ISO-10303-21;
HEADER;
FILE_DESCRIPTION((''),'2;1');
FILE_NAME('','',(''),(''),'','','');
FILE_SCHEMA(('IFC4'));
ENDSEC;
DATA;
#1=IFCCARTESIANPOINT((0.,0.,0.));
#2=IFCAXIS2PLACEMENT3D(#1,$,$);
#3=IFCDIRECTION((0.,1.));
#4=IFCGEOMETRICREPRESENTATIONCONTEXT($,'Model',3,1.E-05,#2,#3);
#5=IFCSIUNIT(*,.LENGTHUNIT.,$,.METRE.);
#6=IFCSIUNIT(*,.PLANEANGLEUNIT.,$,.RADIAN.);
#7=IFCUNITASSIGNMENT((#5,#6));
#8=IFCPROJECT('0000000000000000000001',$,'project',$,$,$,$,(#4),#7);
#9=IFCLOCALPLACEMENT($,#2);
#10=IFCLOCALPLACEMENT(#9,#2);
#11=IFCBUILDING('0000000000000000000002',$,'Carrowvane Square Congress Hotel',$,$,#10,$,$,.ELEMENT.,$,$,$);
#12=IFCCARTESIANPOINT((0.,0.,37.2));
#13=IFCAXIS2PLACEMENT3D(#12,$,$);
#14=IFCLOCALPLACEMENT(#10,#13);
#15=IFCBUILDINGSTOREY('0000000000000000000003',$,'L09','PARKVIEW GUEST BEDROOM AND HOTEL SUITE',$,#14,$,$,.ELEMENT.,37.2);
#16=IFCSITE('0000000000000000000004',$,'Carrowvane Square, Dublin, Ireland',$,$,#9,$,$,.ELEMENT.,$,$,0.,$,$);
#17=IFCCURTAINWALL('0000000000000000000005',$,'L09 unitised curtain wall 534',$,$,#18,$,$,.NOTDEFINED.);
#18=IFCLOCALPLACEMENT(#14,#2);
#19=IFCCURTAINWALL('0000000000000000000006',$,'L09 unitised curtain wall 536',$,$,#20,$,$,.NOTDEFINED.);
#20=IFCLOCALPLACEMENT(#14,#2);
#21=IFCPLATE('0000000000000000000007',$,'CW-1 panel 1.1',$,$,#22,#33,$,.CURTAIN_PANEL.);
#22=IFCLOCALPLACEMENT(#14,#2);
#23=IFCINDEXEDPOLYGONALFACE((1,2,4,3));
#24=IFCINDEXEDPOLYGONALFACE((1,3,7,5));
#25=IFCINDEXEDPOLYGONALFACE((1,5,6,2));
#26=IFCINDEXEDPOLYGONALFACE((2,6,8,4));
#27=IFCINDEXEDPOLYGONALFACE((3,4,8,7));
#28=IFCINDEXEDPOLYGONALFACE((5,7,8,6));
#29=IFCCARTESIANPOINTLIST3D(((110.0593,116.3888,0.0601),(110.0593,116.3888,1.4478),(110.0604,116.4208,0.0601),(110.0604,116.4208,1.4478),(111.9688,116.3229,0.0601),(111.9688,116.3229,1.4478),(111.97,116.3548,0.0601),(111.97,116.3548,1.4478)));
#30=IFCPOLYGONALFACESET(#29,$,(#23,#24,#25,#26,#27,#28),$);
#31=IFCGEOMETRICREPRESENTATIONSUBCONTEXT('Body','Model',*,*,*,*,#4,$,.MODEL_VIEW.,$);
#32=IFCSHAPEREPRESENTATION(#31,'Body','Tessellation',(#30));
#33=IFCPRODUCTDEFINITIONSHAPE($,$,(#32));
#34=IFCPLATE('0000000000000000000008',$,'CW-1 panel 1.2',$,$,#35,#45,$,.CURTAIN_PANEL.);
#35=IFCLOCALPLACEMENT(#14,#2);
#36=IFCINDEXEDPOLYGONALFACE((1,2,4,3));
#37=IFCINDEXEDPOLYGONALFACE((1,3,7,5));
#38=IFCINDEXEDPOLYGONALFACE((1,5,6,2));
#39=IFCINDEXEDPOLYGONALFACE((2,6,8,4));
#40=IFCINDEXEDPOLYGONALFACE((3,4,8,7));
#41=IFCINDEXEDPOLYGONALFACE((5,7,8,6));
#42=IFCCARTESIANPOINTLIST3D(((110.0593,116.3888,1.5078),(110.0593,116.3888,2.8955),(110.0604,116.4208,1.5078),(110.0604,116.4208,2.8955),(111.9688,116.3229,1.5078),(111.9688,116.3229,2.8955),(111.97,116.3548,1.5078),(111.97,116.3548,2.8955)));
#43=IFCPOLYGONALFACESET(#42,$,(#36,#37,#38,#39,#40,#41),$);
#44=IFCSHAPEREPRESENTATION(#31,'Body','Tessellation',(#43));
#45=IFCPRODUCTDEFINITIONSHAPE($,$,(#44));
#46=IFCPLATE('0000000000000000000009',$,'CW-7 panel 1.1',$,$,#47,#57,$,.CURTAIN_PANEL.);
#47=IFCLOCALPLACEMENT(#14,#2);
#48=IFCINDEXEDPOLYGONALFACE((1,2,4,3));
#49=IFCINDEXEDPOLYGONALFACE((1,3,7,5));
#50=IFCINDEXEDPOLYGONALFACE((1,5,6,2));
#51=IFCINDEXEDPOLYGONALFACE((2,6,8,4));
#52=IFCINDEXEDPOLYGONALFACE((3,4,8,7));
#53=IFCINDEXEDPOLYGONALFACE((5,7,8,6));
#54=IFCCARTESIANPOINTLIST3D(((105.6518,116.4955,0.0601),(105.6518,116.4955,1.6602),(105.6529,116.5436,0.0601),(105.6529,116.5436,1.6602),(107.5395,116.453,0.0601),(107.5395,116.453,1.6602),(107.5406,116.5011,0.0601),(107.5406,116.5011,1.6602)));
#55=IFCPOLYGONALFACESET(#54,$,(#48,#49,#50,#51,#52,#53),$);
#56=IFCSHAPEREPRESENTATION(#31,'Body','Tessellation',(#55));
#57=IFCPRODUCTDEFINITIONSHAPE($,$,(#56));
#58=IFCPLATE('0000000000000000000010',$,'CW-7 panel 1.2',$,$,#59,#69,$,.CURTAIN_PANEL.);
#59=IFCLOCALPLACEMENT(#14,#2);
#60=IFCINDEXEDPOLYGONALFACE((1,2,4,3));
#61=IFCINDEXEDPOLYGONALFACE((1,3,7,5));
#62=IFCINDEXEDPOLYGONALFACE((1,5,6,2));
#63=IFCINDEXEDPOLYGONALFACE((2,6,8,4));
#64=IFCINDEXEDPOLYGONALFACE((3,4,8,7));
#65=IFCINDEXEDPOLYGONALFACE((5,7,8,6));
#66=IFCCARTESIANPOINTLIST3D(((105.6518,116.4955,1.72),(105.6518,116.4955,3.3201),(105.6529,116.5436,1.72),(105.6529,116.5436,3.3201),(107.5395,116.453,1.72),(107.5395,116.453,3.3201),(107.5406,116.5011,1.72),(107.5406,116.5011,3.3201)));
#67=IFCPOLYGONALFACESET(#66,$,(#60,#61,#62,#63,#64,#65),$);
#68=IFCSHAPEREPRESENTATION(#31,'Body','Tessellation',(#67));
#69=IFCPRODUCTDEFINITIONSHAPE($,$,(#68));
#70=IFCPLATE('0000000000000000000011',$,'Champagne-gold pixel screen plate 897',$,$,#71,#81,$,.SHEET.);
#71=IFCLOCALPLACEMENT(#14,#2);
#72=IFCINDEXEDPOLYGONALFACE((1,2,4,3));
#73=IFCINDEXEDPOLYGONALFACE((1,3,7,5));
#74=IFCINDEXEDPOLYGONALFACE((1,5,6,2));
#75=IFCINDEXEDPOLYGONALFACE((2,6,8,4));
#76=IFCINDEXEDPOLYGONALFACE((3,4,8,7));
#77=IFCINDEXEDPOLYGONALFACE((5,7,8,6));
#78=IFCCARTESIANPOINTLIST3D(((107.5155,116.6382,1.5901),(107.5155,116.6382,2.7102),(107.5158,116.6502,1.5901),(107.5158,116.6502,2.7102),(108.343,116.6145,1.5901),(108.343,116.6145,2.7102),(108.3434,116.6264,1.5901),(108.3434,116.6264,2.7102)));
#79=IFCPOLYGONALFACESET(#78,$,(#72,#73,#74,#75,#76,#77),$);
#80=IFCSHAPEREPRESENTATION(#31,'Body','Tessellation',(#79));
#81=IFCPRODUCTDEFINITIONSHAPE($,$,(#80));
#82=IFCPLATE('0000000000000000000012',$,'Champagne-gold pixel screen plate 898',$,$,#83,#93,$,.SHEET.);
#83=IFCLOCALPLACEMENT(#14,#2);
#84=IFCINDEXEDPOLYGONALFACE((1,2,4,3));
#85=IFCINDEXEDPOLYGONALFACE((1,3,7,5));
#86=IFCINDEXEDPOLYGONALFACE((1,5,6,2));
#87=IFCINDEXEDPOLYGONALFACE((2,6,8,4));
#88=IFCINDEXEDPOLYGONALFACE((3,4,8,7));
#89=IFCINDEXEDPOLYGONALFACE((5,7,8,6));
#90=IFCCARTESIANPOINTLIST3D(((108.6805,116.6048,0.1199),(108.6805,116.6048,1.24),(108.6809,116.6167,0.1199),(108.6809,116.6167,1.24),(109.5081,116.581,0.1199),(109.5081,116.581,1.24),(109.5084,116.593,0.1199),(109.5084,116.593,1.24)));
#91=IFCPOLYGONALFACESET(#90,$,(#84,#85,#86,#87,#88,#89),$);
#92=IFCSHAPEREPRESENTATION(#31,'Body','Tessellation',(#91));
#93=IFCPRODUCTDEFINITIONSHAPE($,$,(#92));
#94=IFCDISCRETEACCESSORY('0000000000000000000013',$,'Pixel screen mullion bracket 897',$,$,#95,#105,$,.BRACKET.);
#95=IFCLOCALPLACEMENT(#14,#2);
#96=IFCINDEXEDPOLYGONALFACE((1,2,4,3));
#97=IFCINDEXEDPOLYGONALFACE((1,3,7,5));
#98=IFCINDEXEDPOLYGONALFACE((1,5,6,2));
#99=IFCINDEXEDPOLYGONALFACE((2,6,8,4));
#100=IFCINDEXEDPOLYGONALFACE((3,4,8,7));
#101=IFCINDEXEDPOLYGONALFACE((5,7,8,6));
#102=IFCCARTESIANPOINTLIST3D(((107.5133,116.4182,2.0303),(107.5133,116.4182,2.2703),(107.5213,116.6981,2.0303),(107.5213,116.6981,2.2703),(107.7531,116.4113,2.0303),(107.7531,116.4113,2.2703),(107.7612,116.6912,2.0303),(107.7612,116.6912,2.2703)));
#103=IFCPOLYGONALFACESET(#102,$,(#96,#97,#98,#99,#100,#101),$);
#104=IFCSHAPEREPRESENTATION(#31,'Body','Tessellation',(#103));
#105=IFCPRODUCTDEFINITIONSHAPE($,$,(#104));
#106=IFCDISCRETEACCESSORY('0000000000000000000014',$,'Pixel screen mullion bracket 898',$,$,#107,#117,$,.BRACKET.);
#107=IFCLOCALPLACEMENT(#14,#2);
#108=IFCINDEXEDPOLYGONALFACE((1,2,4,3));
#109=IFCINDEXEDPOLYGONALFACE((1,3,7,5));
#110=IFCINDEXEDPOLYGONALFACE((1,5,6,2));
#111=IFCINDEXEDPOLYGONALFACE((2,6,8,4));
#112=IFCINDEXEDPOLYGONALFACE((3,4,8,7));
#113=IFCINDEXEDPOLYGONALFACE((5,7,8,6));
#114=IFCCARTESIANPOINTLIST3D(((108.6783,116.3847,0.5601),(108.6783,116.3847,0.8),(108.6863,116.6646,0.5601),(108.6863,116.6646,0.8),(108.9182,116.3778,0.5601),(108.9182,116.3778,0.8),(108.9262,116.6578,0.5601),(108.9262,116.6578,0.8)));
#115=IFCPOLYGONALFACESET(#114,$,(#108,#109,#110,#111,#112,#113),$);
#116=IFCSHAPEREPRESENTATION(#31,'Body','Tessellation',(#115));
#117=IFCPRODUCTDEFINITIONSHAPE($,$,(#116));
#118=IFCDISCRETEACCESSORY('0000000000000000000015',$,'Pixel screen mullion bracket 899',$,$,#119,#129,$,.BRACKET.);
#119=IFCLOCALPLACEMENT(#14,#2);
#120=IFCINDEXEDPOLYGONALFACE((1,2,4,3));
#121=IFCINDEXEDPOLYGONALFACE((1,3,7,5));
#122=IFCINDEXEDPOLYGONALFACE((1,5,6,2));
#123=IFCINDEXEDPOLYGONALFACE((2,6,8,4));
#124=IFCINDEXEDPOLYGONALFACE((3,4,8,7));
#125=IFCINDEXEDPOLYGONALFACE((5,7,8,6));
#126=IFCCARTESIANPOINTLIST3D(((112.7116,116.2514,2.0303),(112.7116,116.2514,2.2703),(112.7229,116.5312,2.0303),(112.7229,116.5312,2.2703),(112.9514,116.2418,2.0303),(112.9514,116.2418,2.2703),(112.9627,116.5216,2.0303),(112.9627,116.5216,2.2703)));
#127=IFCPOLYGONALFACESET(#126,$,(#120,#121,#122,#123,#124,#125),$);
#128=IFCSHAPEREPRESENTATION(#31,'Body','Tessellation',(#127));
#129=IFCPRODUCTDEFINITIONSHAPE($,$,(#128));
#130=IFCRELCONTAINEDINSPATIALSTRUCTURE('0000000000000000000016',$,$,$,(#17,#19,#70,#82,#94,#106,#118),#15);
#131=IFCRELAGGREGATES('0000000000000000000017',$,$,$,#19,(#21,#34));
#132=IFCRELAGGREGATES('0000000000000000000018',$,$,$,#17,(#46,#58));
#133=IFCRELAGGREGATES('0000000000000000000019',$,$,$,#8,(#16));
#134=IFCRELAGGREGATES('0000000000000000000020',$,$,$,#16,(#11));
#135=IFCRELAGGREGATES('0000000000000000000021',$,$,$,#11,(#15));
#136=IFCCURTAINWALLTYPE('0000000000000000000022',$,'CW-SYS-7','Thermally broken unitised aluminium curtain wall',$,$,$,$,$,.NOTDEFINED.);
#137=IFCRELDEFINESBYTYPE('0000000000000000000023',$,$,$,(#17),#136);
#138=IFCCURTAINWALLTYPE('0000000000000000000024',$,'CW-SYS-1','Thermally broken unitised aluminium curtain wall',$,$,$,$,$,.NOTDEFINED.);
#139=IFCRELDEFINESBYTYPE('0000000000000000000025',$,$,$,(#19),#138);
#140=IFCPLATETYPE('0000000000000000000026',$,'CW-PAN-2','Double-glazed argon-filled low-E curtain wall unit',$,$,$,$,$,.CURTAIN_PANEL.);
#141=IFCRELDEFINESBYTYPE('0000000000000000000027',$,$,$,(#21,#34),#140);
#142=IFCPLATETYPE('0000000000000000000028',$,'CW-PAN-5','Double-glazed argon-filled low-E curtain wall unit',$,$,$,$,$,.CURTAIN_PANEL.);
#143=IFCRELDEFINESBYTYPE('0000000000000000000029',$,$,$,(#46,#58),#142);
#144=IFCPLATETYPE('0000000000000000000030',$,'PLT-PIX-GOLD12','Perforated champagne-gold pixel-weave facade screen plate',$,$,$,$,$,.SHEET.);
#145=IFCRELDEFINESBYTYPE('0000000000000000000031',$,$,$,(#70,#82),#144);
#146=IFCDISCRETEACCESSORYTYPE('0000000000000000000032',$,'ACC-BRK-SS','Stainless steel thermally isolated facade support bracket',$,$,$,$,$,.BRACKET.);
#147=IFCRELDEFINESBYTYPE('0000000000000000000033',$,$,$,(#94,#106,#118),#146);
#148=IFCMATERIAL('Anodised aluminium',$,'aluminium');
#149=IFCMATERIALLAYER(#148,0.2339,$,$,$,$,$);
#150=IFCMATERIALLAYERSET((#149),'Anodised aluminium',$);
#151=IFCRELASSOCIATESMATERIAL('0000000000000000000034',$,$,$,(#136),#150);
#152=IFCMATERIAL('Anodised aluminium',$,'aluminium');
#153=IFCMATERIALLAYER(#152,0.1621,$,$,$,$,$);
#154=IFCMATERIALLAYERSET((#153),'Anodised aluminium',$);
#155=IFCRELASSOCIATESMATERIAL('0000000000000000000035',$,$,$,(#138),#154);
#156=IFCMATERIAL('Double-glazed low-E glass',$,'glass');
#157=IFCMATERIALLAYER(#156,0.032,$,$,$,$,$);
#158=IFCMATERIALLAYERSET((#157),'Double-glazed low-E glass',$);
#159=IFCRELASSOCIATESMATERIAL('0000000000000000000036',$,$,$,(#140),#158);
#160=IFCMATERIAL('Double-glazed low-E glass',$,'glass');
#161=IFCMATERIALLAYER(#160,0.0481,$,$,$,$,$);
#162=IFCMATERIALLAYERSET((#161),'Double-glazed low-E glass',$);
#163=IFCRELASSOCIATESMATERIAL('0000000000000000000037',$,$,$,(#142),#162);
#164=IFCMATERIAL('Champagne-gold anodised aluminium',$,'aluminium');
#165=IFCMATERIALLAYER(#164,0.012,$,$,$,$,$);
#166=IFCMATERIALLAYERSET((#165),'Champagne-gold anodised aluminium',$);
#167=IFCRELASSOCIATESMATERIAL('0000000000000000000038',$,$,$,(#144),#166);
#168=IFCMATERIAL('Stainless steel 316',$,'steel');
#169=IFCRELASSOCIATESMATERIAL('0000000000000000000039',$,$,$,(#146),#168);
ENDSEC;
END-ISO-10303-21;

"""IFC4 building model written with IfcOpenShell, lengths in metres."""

from ifc_helpers import new_model, si_unit, direction, frame, origin, origin_2d, place, context, subcontext, project, spatial, rectangle, extrude, material, layer, layer_set, type_object, element, aggregate, save


model = new_model("IFC4")

# Units and contexts
model_context = context("Model", 3, precision=1e-05, world=origin(), true_north=direction((0.0, 1.0)))
body_context = subcontext(model_context, "Body", "Model", "MODEL_VIEW")
ifc_project = project(units=[si_unit("LENGTHUNIT", "METRE"), si_unit("PLANEANGLEUNIT", "RADIAN")], contexts=[model_context])

# Site, building, storey
site_placement = place(None, origin())
site = spatial("IfcSite", under=ifc_project, at=site_placement, Name="Carrowvane Square, Dublin, Ireland", CompositionType="ELEMENT", RefElevation=0.0)
building_placement = place(site_placement, origin())
building = spatial("IfcBuilding", under=site, at=building_placement, Name="Carrowvane Square Congress Hotel", CompositionType="ELEMENT")
storey_placement = place(building_placement, frame((0.0, 0.0, 37.2)))
storey = spatial("IfcBuildingStorey", under=building, at=storey_placement, Name="L09", Description="PARKVIEW GUEST BEDROOM AND HOTEL SUITE", CompositionType="ELEMENT", Elevation=37.2)

# Curtain wall
ifc_material_1 = material(Name="Anodised aluminium", Category="aluminium")
ifc_layer_1 = layer(ifc_material_1, 0.2339)
ifc_layer_set_1 = layer_set([ifc_layer_1], Name="Anodised aluminium")
curtain_wall_type_1 = type_object("IfcCurtainWallType", Name="CW-SYS-7", Description="Thermally broken unitised aluminium curtain wall", PredefinedType="NOTDEFINED", material=ifc_layer_set_1)
curtain_wall_1_placement = place(storey_placement, origin())
curtain_wall_1 = element("IfcCurtainWall", 1, at=curtain_wall_1_placement, inside=storey, type_object=curtain_wall_type_1, Name="L09 unitised curtain wall 534", PredefinedType="NOTDEFINED")

# Curtain wall
ifc_material_2 = material(Name="Anodised aluminium", Category="aluminium")
ifc_layer_2 = layer(ifc_material_2, 0.1621)
ifc_layer_set_2 = layer_set([ifc_layer_2], Name="Anodised aluminium")
curtain_wall_type_2 = type_object("IfcCurtainWallType", Name="CW-SYS-1", Description="Thermally broken unitised aluminium curtain wall", PredefinedType="NOTDEFINED", material=ifc_layer_set_2)
curtain_wall_2_placement = place(storey_placement, origin())
curtain_wall_2 = element("IfcCurtainWall", 2, at=curtain_wall_2_placement, inside=storey, type_object=curtain_wall_type_2, Name="L09 unitised curtain wall 536", PredefinedType="NOTDEFINED")

# Plates
ifc_material_3 = material(Name="Double-glazed low-E glass", Category="glass")
ifc_layer_3 = layer(ifc_material_3, 0.032)
ifc_layer_set_3 = layer_set([ifc_layer_3], Name="Double-glazed low-E glass")
plate_type_1 = type_object("IfcPlateType", Name="CW-PAN-2", Description="Double-glazed argon-filled low-E curtain wall unit", PredefinedType="CURTAIN_PANEL", material=ifc_layer_set_3)
plate_1_placement = place(storey_placement, frame((111.0146, 116.3718, 0.0601), z_axis=(0.0, 0.0, 1.0), x_axis=(0.999404, -0.03453, 0.0)))
plate_1 = element("IfcPlate", 3, at=plate_1_placement, type_object=plate_type_1, Name="CW-1 panel 1.1", PredefinedType="CURTAIN_PANEL", context=body_context, shape_type="SweptSolid", body=[
    extrude(rectangle(XDim=1.9106, YDim=0.032, at=origin_2d()), origin(), (0.0, 0.0, 1.0), 1.3877),
])
plate_2_placement = place(storey_placement, frame((111.0146, 116.3718, 1.5078), z_axis=(0.0, 0.0, 1.0), x_axis=(0.999404, -0.03453, 0.0)))
plate_2 = element("IfcPlate", 4, at=plate_2_placement, type_object=plate_type_1, Name="CW-1 panel 1.2", PredefinedType="CURTAIN_PANEL", context=body_context, shape_type="SweptSolid", body=[
    extrude(rectangle(XDim=1.9106, YDim=0.032, at=origin_2d()), origin(), (0.0, 0.0, 1.0), 1.3877),
])
aggregate(curtain_wall_2, [plate_1, plate_2])
ifc_material_4 = material(Name="Double-glazed low-E glass", Category="glass")
ifc_layer_4 = layer(ifc_material_4, 0.0481)
ifc_layer_set_4 = layer_set([ifc_layer_4], Name="Double-glazed low-E glass")
plate_type_2 = type_object("IfcPlateType", Name="CW-PAN-5", Description="Double-glazed argon-filled low-E curtain wall unit", PredefinedType="CURTAIN_PANEL", material=ifc_layer_set_4)
plate_3_placement = place(storey_placement, frame((106.5962, 116.4983, 0.0601), z_axis=(0.0, 0.0, 1.0), x_axis=(0.999746, -0.022518, 0.0)))
plate_3 = element("IfcPlate", 5, at=plate_3_placement, type_object=plate_type_2, Name="CW-7 panel 1.1", PredefinedType="CURTAIN_PANEL", context=body_context, shape_type="SweptSolid", body=[
    extrude(rectangle(XDim=1.8882, YDim=0.0481, at=origin_2d()), origin(), (0.0, 0.0, 1.0), 1.6001),
])
plate_4_placement = place(storey_placement, frame((106.5962, 116.4983, 1.72), z_axis=(0.0, 0.0, 1.0), x_axis=(0.999746, -0.022518, 0.0)))
plate_4 = element("IfcPlate", 6, at=plate_4_placement, type_object=plate_type_2, Name="CW-7 panel 1.2", PredefinedType="CURTAIN_PANEL", context=body_context, shape_type="SweptSolid", body=[
    extrude(rectangle(XDim=1.8882, YDim=0.0481, at=origin_2d()), origin(), (0.0, 0.0, 1.0), 1.6001),
])
aggregate(curtain_wall_1, [plate_3, plate_4])

# Plates
ifc_material_5 = material(Name="Champagne-gold anodised aluminium", Category="aluminium")
ifc_layer_5 = layer(ifc_material_5, 0.012)
ifc_layer_set_5 = layer_set([ifc_layer_5], Name="Champagne-gold anodised aluminium")
plate_type_3 = type_object("IfcPlateType", Name="PLT-PIX-GOLD12", Description="Perforated champagne-gold pixel-weave facade screen plate", PredefinedType="SHEET", material=ifc_layer_set_5)
for number, where, z_axis, x_axis, name in (
    (7, (107.9294, 116.6323, 1.5901), (0.0, 0.0, 1.0), (0.99959, -0.028639, 0.0), "Champagne-gold pixel screen plate 897"),
    (8, (109.0945, 116.5989, 0.1199), (0.0, 0.0, 1.0), (0.99959, -0.028639, 0.0), "Champagne-gold pixel screen plate 898"),
):
    element("IfcPlate", number, at=place(storey_placement, frame(where, z_axis=z_axis, x_axis=x_axis)), inside=storey, type_object=plate_type_3, Name=name, PredefinedType="SHEET", context=body_context, shape_type="SweptSolid", body=[
        extrude(rectangle(XDim=0.8279, YDim=0.012, at=origin_2d()), origin(), (0.0, 0.0, 1.0), 1.1201),
    ])

# Discrete accessories
ifc_material_6 = material(Name="Stainless steel 316", Category="steel")
discrete_accessory_type = type_object("IfcDiscreteAccessoryType", Name="ACC-BRK-SS", Description="Stainless steel thermally isolated facade support bracket", PredefinedType="BRACKET", material=ifc_material_6)
for number, where, z_axis, x_axis, name in (
    (9, (107.6372, 116.5547, 2.0303), (0.0, 0.0, 1.0), (0.99959, -0.028639, 0.0), "Pixel screen mullion bracket 897"),
    (10, (108.8022, 116.5212, 0.5601), (0.0, 0.0, 1.0), (0.99959, -0.028639, 0.0), "Pixel screen mullion bracket 898"),
    (11, (112.8372, 116.3865, 2.0303), (0.0, 0.0, 1.0), (0.999194, -0.040134, 0.0), "Pixel screen mullion bracket 899"),
):
    element("IfcDiscreteAccessory", number, at=place(storey_placement, frame(where, z_axis=z_axis, x_axis=x_axis)), inside=storey, type_object=discrete_accessory_type, Name=name, PredefinedType="BRACKET", context=body_context, shape_type="SweptSolid", body=[
        extrude(rectangle(XDim=0.24, YDim=0.28, at=origin_2d()), origin(), (0.0, 0.0, 1.0), 0.24),
    ])

save(model, "model.ifc")
